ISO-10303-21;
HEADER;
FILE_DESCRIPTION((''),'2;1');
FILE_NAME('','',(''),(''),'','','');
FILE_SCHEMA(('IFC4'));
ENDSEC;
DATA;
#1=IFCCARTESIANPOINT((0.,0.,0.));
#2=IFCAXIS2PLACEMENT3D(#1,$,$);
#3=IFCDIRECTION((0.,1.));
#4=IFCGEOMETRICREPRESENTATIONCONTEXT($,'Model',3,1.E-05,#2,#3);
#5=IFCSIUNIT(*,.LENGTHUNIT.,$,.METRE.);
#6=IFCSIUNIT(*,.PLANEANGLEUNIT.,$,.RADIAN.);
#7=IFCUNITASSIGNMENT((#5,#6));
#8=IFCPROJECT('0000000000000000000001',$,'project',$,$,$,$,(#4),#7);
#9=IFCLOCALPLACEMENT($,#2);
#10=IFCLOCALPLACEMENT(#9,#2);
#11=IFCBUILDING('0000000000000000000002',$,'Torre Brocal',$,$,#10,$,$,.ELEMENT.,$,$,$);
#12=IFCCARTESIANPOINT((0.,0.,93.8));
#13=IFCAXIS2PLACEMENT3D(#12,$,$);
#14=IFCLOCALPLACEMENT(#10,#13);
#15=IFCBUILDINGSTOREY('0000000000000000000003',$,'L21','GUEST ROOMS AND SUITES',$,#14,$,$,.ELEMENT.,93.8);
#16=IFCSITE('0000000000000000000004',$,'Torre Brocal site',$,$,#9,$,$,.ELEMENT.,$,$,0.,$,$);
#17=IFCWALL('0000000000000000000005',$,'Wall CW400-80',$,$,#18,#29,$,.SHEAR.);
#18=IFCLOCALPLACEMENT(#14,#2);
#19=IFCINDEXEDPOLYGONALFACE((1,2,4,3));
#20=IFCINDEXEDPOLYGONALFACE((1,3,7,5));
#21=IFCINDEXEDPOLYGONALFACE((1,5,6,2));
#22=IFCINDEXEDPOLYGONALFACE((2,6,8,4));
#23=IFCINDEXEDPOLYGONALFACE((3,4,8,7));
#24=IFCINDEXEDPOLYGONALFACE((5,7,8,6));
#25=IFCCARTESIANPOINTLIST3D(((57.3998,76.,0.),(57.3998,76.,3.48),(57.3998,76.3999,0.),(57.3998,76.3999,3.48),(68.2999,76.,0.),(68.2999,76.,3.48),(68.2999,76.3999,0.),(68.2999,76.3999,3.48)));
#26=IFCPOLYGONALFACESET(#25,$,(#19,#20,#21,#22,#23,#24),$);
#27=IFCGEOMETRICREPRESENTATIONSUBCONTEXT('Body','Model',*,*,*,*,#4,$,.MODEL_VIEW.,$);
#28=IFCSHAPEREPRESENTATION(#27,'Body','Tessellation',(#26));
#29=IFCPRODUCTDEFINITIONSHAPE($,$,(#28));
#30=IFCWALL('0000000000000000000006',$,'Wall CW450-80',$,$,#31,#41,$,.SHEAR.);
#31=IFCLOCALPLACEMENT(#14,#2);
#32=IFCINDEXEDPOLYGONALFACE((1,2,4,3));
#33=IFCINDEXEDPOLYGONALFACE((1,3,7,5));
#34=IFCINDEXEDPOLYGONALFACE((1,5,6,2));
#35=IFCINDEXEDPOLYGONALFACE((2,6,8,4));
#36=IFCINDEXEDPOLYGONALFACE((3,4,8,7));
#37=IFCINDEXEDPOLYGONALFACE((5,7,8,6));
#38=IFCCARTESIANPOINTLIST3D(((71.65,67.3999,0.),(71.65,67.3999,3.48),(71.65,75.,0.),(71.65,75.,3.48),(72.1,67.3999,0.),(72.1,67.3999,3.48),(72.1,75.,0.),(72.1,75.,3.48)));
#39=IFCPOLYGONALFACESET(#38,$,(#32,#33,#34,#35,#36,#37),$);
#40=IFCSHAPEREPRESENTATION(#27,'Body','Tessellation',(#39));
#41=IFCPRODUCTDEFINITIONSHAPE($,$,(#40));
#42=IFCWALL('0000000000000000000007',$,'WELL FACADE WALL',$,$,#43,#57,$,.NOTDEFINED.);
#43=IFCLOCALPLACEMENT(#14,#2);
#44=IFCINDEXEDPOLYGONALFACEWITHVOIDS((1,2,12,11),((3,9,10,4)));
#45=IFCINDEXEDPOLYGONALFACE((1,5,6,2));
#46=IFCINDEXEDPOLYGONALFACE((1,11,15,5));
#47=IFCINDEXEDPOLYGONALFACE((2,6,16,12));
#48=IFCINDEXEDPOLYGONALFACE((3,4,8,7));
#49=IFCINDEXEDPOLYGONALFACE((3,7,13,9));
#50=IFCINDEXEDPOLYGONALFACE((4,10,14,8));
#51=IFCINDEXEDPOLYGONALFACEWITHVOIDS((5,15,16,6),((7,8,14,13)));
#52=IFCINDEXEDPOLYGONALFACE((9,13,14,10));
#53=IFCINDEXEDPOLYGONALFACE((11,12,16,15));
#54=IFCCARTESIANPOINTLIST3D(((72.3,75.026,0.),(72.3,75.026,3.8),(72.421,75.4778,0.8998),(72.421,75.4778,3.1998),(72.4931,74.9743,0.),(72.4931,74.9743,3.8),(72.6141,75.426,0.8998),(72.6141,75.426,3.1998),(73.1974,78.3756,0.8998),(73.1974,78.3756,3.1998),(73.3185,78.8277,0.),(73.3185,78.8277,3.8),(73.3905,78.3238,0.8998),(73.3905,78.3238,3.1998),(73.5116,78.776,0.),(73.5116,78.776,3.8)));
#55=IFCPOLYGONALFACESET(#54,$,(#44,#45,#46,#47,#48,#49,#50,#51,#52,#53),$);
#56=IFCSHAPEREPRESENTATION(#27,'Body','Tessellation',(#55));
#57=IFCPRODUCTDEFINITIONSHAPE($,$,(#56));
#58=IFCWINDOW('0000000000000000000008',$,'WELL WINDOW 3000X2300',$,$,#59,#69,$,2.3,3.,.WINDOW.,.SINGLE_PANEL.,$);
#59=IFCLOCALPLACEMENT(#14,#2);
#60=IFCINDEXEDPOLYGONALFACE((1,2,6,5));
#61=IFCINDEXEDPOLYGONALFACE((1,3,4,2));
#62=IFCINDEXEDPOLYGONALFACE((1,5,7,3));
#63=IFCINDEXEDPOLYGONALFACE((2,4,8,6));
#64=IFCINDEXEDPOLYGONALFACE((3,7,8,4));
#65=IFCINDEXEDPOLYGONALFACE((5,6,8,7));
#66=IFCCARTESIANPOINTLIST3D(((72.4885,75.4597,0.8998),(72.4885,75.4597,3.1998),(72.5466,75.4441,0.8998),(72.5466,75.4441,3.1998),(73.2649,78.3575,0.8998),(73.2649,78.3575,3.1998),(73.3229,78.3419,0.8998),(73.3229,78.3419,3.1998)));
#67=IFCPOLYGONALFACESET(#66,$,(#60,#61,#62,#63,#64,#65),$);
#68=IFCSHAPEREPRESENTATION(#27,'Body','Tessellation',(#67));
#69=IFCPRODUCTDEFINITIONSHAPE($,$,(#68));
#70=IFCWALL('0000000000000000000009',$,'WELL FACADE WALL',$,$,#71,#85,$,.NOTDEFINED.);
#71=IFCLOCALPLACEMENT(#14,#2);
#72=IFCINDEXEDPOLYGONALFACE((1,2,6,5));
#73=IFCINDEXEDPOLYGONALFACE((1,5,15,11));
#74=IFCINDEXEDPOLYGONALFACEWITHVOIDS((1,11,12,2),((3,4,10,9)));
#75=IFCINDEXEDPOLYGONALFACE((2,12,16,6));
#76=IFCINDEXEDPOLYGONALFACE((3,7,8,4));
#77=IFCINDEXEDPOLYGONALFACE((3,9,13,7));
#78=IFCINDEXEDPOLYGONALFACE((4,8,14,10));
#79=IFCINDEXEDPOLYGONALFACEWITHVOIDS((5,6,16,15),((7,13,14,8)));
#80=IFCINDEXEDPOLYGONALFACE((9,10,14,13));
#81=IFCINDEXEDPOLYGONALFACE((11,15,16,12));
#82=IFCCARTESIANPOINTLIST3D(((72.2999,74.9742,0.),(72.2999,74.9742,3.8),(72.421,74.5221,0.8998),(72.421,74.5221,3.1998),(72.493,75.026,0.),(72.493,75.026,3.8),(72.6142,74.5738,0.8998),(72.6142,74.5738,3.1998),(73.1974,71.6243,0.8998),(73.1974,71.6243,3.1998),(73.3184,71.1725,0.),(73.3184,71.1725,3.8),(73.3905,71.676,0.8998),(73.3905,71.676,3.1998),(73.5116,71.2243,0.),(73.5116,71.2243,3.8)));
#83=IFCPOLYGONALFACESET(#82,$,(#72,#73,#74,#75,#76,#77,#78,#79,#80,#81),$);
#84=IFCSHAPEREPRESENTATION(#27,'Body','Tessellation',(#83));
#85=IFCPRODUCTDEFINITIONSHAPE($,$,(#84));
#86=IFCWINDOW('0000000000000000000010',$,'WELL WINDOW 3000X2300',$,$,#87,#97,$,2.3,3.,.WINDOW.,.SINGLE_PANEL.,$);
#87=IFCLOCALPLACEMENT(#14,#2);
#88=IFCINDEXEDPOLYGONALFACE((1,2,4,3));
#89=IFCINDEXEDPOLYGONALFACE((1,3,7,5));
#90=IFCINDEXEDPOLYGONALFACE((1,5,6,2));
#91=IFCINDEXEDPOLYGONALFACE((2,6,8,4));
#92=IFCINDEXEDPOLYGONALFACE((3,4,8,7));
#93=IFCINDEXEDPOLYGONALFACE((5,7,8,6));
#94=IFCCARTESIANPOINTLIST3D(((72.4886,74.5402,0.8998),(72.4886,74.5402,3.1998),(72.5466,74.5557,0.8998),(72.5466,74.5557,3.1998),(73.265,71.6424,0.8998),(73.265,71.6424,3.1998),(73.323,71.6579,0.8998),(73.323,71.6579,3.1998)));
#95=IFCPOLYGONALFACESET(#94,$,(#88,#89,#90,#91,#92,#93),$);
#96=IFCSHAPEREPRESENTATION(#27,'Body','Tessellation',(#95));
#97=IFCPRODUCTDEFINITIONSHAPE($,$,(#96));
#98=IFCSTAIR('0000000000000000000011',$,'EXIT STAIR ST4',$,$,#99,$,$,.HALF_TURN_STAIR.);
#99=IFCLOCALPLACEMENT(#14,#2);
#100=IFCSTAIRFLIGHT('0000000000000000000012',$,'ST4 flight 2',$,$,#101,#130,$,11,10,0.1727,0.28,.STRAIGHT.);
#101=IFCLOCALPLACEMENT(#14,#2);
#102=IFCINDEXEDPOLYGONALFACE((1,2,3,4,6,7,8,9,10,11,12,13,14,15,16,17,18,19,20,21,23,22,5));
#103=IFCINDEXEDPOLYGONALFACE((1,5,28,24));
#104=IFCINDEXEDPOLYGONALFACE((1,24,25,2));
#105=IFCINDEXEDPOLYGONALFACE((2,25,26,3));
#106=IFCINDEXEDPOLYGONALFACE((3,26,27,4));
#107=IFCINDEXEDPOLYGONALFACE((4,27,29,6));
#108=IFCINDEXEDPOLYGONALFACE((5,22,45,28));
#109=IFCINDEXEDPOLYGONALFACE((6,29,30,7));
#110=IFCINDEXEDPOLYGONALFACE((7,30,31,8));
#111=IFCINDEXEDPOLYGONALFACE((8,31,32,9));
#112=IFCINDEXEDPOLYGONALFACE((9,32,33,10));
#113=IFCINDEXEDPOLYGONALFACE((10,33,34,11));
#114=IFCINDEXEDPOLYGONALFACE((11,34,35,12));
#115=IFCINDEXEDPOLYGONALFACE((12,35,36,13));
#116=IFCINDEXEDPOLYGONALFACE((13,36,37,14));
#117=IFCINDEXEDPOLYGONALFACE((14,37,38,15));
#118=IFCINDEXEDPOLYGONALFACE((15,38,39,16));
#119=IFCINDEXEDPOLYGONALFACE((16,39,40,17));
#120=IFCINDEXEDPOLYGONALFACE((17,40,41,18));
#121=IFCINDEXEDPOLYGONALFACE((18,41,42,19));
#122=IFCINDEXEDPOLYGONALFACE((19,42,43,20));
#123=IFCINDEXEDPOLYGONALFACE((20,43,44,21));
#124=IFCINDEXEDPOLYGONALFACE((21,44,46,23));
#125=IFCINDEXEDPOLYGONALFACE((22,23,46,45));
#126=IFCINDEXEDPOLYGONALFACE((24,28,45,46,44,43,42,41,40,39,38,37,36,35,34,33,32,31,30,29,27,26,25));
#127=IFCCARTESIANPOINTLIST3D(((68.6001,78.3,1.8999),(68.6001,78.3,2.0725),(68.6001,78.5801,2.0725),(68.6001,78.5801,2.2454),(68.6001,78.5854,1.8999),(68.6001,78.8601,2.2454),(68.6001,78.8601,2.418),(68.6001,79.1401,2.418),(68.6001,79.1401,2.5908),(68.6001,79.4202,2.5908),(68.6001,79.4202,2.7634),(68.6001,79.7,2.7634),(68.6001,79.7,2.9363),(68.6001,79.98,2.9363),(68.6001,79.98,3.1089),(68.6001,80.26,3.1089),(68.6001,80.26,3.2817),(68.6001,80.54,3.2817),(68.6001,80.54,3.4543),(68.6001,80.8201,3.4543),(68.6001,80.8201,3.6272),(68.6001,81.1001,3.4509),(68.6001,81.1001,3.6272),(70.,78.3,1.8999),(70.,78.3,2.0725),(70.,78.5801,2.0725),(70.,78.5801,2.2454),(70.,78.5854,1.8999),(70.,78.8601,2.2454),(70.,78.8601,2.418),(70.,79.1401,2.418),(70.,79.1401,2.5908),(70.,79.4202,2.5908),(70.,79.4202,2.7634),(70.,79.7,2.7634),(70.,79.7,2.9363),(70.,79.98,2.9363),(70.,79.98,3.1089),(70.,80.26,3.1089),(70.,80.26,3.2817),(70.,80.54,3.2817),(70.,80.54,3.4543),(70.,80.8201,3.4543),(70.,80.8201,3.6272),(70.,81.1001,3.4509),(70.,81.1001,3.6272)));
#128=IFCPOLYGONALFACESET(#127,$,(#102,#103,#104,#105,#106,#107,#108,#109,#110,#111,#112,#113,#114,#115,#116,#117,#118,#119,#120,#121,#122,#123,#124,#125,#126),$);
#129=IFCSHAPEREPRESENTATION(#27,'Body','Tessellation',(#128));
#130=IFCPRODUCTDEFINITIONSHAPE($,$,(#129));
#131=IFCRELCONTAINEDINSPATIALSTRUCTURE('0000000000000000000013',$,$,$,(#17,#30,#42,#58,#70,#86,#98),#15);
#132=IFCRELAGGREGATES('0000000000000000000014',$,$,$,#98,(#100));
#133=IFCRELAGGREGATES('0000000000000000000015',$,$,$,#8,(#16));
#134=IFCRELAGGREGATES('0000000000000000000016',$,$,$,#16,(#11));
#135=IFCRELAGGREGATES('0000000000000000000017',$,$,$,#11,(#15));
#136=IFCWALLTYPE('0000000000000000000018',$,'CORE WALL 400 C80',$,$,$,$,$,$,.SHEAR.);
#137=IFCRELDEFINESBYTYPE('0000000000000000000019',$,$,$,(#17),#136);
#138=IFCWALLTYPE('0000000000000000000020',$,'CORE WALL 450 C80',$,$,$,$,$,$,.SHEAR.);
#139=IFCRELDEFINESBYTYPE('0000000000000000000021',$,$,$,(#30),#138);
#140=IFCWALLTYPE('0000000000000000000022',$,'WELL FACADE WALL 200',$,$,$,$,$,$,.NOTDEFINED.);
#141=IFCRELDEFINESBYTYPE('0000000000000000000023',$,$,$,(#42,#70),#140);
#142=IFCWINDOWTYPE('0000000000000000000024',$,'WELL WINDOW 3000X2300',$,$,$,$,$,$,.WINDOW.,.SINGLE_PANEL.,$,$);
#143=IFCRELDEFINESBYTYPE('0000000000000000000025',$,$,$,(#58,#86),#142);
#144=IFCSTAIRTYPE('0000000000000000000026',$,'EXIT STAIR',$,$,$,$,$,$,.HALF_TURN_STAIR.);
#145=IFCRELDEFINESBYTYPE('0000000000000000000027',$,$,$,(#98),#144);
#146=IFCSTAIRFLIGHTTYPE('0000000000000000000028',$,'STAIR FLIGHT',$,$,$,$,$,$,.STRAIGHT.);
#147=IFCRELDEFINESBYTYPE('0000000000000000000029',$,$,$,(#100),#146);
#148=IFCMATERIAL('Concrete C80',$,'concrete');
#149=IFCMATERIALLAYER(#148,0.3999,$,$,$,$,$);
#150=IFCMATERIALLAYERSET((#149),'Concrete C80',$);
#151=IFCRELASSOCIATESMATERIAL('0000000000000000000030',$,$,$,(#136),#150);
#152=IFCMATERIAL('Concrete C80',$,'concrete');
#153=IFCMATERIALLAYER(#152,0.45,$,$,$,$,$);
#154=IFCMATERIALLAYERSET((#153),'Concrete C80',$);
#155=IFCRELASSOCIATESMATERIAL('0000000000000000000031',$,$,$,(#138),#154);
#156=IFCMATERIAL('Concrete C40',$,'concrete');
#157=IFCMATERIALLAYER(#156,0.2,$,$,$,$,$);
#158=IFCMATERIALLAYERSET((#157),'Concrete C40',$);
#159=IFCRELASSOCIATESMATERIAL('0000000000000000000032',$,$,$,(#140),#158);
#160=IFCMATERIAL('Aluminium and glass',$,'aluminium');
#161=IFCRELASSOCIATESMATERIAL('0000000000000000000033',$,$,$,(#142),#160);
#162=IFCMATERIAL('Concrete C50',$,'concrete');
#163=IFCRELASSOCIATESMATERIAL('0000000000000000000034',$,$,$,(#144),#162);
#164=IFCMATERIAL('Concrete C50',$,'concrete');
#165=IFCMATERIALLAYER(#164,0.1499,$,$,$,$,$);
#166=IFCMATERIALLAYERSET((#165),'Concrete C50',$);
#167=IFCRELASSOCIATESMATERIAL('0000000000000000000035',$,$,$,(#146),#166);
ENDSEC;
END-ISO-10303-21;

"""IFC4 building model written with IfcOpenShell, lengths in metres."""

from ifc_helpers import new_model, si_unit, direction, frame, frame_2d, origin, place, context, subcontext, project, spatial, polyline, rectangle, outline, extrude, material, layer, layer_set, type_object, element, fill, aggregate, save


model = new_model("IFC4")

# Units and contexts
model_context = context("Model", 3, precision=1e-05, world=origin(), true_north=direction((0.0, 1.0)))
body_context = subcontext(model_context, "Body", "Model", "MODEL_VIEW")
ifc_project = project(units=[si_unit("LENGTHUNIT", "METRE"), si_unit("PLANEANGLEUNIT", "RADIAN")], contexts=[model_context])

# Site, building, storey
site_placement = place(None, origin())
site = spatial("IfcSite", under=ifc_project, at=site_placement, Name="Torre Brocal site", CompositionType="ELEMENT", RefElevation=0.0)
building_placement = place(site_placement, origin())
building = spatial("IfcBuilding", under=site, at=building_placement, Name="Torre Brocal", CompositionType="ELEMENT")
storey_placement = place(building_placement, frame((0.0, 0.0, 93.8)))
storey = spatial("IfcBuildingStorey", under=building, at=storey_placement, Name="L21", Description="GUEST ROOMS AND SUITES", CompositionType="ELEMENT", Elevation=93.8)

# Walls
ifc_material_1 = material(Name="Concrete C80", Category="concrete")
ifc_layer_1 = layer(ifc_material_1, 0.3999)
ifc_layer_set_1 = layer_set([ifc_layer_1], Name="Concrete C80")
wall_type_1 = type_object("IfcWallType", Name="CORE WALL 400 C80", PredefinedType="SHEAR", material=ifc_layer_set_1)
wall_1_placement = place(storey_placement, frame((68.3, 76.2, 0.0), z_axis=(0.0, 0.0, 1.0), x_axis=(-1.0, 0.0, 0.0)))
element("IfcWall", 1, at=wall_1_placement, inside=storey, type_object=wall_type_1, Name="Wall CW400-80", PredefinedType="SHEAR", context=body_context, shape_type="SweptSolid", body=[
    extrude(rectangle(XDim=10.9001, YDim=0.3999, at=frame_2d((5.4502, 0.0))), origin(), (0.0, 0.0, 1.0), 3.48),
])
ifc_material_2 = material(Name="Concrete C80", Category="concrete")
ifc_layer_2 = layer(ifc_material_2, 0.45)
ifc_layer_set_2 = layer_set([ifc_layer_2], Name="Concrete C80")
wall_type_2 = type_object("IfcWallType", Name="CORE WALL 450 C80", PredefinedType="SHEAR", material=ifc_layer_set_2)
wall_2_placement = place(storey_placement, frame((71.875, 75.0, 0.0), z_axis=(0.0, 0.0, 1.0), x_axis=(0.0, -1.0, 0.0)))
element("IfcWall", 2, at=wall_2_placement, inside=storey, type_object=wall_type_2, Name="Wall CW450-80", PredefinedType="SHEAR", context=body_context, shape_type="SweptSolid", body=[
    extrude(rectangle(XDim=7.6001, YDim=0.45, at=frame_2d((3.8, 0.0))), origin(), (0.0, 0.0, 1.0), 3.48),
])

# Walls, openings, windows
ifc_material_3 = material(Name="Concrete C40", Category="concrete")
ifc_layer_3 = layer(ifc_material_3, 0.2)
ifc_layer_set_3 = layer_set([ifc_layer_3], Name="Concrete C40")
wall_type_3 = type_object("IfcWallType", Name="WELL FACADE WALL 200", PredefinedType="NOTDEFINED", material=ifc_layer_set_3)
wall_3_placement = place(storey_placement, frame((73.415, 78.8018, 0.0), z_axis=(0.0, 0.0, 1.0), x_axis=(-0.25879, -0.965934, 0.0)))
wall_3 = element("IfcWall", 3, at=wall_3_placement, inside=storey, type_object=wall_type_3, Name="WELL FACADE WALL", PredefinedType="NOTDEFINED", context=body_context, shape_type="SweptSolid", body=[
    extrude(rectangle(XDim=3.9358, YDim=0.2, at=frame_2d((1.9678, 0.0))), origin(), (0.0, 0.0, 1.0), 3.8),
])
opening_1_placement = place(wall_3_placement, frame((0.468, 0.0, 0.8999)))
opening_1 = element("IfcOpeningElement", 4, at=opening_1_placement, cuts=wall_3, PredefinedType="OPENING", context=body_context, shape_type="SweptSolid", body=[
    extrude(rectangle(XDim=3.0, YDim=2.3, at=frame_2d((1.5, 1.1499))), frame((0.0, 0.1099, 0.0), z_axis=(0.0, -1.0, 0.0), x_axis=(1.0, 0.0, 0.0)), (0.0, 0.0, 1.0), 0.22),
])
ifc_material_4 = material(Name="Aluminium and glass", Category="aluminium")
window_type = type_object("IfcWindowType", Name="WELL WINDOW 3000X2300", PartitioningType="SINGLE_PANEL", PredefinedType="WINDOW", material=ifc_material_4)
window_1_placement = place(opening_1_placement, origin())
window_1 = element("IfcWindow", 5, at=window_1_placement, inside=storey, type_object=window_type, Name="WELL WINDOW 3000X2300", OverallHeight=2.3, OverallWidth=3.0, PartitioningType="SINGLE_PANEL", PredefinedType="WINDOW", context=body_context, shape_type="SweptSolid", body=[
    extrude(rectangle(XDim=3.0, YDim=2.3, at=frame_2d((1.5, 1.1499))), frame((0.0, 0.03, 0.0), z_axis=(0.0, -1.0, 0.0), x_axis=(1.0, 0.0, 0.0)), (0.0, 0.0, 1.0), 0.0601),
])
fill(opening_1, window_1)
wall_4_placement = place(storey_placement, frame((72.3965, 75.0, 0.0), z_axis=(0.0, 0.0, 1.0), x_axis=(0.25879, -0.965934, 0.0)))
wall_4 = element("IfcWall", 6, at=wall_4_placement, inside=storey, type_object=wall_type_3, Name="WELL FACADE WALL", PredefinedType="NOTDEFINED", context=body_context, shape_type="SweptSolid", body=[
    extrude(rectangle(XDim=3.9358, YDim=0.2, at=frame_2d((1.9678, 0.0))), origin(), (0.0, 0.0, 1.0), 3.8),
])
opening_2_placement = place(wall_4_placement, frame((0.468, 0.0, 0.8999)))
opening_2 = element("IfcOpeningElement", 7, at=opening_2_placement, cuts=wall_4, PredefinedType="OPENING", context=body_context, shape_type="SweptSolid", body=[
    extrude(rectangle(XDim=3.0, YDim=2.3, at=frame_2d((1.5, 1.1499))), frame((0.0, 0.1099, 0.0), z_axis=(0.0, -1.0, 0.0), x_axis=(1.0, 0.0, 0.0)), (0.0, 0.0, 1.0), 0.22),
])
window_2_placement = place(opening_2_placement, origin())
window_2 = element("IfcWindow", 8, at=window_2_placement, inside=storey, type_object=window_type, Name="WELL WINDOW 3000X2300", OverallHeight=2.3, OverallWidth=3.0, PartitioningType="SINGLE_PANEL", PredefinedType="WINDOW", context=body_context, shape_type="SweptSolid", body=[
    extrude(rectangle(XDim=3.0, YDim=2.3, at=frame_2d((1.5, 1.1499))), frame((0.0, 0.03, 0.0), z_axis=(0.0, -1.0, 0.0), x_axis=(1.0, 0.0, 0.0)), (0.0, 0.0, 1.0), 0.0601),
])
fill(opening_2, window_2)

# Stair, stair flight
ifc_material_5 = material(Name="Concrete C50", Category="concrete")
stair_type = type_object("IfcStairType", Name="EXIT STAIR", PredefinedType="HALF_TURN_STAIR", material=ifc_material_5)
stair_placement = place(storey_placement, origin())
stair = element("IfcStair", 9, at=stair_placement, inside=storey, type_object=stair_type, Name="EXIT STAIR ST4", PredefinedType="HALF_TURN_STAIR")
ifc_material_6 = material(Name="Concrete C50", Category="concrete")
ifc_layer_4 = layer(ifc_material_6, 0.1499)
ifc_layer_set_4 = layer_set([ifc_layer_4], Name="Concrete C50")
stair_flight_type = type_object("IfcStairFlightType", Name="STAIR FLIGHT", PredefinedType="STRAIGHT", material=ifc_layer_set_4)
stair_flight_placement = place(storey_placement, frame((69.3, 78.3, 1.8999), z_axis=(0.0, 0.0, 1.0), x_axis=(0.0, 1.0, 0.0)))
stair_flight = element("IfcStairFlight", 10, at=stair_flight_placement, type_object=stair_flight_type, Name="ST4 flight 2", NumberOfRisers=11, NumberOfTreads=10, PredefinedType="STRAIGHT", RiserHeight=0.1727, TreadLength=0.28, context=body_context, shape_type="SweptSolid", body=[
    extrude(outline(polyline([(0.0, 0.0), (0.0, 0.1726), (0.28, 0.1726), (0.28, 0.3455), (0.5601, 0.3455), (0.5601, 0.5181), (0.8401, 0.5181), (0.8401, 0.6909), (1.1201, 0.6909), (1.1201, 0.8635), (1.3999, 0.8635), (1.3999, 1.0364), (1.6799, 1.0364), (1.6799, 1.209), (1.96, 1.209), (1.96, 1.3818), (2.24, 1.3818), (2.24, 1.5544), (2.52, 1.5544), (2.52, 1.7273), (2.8, 1.7273), (2.8, 1.8999), (2.8, 1.551), (0.2854, 0.0), (0.0, 0.0)])), frame((0.0, 0.7, 0.0), z_axis=(0.0, -1.0, 0.0), x_axis=(1.0, 0.0, 0.0)), (0.0, 0.0, 1.0), 1.3999),
])
aggregate(stair, [stair_flight])

save(model, "model.ifc")
